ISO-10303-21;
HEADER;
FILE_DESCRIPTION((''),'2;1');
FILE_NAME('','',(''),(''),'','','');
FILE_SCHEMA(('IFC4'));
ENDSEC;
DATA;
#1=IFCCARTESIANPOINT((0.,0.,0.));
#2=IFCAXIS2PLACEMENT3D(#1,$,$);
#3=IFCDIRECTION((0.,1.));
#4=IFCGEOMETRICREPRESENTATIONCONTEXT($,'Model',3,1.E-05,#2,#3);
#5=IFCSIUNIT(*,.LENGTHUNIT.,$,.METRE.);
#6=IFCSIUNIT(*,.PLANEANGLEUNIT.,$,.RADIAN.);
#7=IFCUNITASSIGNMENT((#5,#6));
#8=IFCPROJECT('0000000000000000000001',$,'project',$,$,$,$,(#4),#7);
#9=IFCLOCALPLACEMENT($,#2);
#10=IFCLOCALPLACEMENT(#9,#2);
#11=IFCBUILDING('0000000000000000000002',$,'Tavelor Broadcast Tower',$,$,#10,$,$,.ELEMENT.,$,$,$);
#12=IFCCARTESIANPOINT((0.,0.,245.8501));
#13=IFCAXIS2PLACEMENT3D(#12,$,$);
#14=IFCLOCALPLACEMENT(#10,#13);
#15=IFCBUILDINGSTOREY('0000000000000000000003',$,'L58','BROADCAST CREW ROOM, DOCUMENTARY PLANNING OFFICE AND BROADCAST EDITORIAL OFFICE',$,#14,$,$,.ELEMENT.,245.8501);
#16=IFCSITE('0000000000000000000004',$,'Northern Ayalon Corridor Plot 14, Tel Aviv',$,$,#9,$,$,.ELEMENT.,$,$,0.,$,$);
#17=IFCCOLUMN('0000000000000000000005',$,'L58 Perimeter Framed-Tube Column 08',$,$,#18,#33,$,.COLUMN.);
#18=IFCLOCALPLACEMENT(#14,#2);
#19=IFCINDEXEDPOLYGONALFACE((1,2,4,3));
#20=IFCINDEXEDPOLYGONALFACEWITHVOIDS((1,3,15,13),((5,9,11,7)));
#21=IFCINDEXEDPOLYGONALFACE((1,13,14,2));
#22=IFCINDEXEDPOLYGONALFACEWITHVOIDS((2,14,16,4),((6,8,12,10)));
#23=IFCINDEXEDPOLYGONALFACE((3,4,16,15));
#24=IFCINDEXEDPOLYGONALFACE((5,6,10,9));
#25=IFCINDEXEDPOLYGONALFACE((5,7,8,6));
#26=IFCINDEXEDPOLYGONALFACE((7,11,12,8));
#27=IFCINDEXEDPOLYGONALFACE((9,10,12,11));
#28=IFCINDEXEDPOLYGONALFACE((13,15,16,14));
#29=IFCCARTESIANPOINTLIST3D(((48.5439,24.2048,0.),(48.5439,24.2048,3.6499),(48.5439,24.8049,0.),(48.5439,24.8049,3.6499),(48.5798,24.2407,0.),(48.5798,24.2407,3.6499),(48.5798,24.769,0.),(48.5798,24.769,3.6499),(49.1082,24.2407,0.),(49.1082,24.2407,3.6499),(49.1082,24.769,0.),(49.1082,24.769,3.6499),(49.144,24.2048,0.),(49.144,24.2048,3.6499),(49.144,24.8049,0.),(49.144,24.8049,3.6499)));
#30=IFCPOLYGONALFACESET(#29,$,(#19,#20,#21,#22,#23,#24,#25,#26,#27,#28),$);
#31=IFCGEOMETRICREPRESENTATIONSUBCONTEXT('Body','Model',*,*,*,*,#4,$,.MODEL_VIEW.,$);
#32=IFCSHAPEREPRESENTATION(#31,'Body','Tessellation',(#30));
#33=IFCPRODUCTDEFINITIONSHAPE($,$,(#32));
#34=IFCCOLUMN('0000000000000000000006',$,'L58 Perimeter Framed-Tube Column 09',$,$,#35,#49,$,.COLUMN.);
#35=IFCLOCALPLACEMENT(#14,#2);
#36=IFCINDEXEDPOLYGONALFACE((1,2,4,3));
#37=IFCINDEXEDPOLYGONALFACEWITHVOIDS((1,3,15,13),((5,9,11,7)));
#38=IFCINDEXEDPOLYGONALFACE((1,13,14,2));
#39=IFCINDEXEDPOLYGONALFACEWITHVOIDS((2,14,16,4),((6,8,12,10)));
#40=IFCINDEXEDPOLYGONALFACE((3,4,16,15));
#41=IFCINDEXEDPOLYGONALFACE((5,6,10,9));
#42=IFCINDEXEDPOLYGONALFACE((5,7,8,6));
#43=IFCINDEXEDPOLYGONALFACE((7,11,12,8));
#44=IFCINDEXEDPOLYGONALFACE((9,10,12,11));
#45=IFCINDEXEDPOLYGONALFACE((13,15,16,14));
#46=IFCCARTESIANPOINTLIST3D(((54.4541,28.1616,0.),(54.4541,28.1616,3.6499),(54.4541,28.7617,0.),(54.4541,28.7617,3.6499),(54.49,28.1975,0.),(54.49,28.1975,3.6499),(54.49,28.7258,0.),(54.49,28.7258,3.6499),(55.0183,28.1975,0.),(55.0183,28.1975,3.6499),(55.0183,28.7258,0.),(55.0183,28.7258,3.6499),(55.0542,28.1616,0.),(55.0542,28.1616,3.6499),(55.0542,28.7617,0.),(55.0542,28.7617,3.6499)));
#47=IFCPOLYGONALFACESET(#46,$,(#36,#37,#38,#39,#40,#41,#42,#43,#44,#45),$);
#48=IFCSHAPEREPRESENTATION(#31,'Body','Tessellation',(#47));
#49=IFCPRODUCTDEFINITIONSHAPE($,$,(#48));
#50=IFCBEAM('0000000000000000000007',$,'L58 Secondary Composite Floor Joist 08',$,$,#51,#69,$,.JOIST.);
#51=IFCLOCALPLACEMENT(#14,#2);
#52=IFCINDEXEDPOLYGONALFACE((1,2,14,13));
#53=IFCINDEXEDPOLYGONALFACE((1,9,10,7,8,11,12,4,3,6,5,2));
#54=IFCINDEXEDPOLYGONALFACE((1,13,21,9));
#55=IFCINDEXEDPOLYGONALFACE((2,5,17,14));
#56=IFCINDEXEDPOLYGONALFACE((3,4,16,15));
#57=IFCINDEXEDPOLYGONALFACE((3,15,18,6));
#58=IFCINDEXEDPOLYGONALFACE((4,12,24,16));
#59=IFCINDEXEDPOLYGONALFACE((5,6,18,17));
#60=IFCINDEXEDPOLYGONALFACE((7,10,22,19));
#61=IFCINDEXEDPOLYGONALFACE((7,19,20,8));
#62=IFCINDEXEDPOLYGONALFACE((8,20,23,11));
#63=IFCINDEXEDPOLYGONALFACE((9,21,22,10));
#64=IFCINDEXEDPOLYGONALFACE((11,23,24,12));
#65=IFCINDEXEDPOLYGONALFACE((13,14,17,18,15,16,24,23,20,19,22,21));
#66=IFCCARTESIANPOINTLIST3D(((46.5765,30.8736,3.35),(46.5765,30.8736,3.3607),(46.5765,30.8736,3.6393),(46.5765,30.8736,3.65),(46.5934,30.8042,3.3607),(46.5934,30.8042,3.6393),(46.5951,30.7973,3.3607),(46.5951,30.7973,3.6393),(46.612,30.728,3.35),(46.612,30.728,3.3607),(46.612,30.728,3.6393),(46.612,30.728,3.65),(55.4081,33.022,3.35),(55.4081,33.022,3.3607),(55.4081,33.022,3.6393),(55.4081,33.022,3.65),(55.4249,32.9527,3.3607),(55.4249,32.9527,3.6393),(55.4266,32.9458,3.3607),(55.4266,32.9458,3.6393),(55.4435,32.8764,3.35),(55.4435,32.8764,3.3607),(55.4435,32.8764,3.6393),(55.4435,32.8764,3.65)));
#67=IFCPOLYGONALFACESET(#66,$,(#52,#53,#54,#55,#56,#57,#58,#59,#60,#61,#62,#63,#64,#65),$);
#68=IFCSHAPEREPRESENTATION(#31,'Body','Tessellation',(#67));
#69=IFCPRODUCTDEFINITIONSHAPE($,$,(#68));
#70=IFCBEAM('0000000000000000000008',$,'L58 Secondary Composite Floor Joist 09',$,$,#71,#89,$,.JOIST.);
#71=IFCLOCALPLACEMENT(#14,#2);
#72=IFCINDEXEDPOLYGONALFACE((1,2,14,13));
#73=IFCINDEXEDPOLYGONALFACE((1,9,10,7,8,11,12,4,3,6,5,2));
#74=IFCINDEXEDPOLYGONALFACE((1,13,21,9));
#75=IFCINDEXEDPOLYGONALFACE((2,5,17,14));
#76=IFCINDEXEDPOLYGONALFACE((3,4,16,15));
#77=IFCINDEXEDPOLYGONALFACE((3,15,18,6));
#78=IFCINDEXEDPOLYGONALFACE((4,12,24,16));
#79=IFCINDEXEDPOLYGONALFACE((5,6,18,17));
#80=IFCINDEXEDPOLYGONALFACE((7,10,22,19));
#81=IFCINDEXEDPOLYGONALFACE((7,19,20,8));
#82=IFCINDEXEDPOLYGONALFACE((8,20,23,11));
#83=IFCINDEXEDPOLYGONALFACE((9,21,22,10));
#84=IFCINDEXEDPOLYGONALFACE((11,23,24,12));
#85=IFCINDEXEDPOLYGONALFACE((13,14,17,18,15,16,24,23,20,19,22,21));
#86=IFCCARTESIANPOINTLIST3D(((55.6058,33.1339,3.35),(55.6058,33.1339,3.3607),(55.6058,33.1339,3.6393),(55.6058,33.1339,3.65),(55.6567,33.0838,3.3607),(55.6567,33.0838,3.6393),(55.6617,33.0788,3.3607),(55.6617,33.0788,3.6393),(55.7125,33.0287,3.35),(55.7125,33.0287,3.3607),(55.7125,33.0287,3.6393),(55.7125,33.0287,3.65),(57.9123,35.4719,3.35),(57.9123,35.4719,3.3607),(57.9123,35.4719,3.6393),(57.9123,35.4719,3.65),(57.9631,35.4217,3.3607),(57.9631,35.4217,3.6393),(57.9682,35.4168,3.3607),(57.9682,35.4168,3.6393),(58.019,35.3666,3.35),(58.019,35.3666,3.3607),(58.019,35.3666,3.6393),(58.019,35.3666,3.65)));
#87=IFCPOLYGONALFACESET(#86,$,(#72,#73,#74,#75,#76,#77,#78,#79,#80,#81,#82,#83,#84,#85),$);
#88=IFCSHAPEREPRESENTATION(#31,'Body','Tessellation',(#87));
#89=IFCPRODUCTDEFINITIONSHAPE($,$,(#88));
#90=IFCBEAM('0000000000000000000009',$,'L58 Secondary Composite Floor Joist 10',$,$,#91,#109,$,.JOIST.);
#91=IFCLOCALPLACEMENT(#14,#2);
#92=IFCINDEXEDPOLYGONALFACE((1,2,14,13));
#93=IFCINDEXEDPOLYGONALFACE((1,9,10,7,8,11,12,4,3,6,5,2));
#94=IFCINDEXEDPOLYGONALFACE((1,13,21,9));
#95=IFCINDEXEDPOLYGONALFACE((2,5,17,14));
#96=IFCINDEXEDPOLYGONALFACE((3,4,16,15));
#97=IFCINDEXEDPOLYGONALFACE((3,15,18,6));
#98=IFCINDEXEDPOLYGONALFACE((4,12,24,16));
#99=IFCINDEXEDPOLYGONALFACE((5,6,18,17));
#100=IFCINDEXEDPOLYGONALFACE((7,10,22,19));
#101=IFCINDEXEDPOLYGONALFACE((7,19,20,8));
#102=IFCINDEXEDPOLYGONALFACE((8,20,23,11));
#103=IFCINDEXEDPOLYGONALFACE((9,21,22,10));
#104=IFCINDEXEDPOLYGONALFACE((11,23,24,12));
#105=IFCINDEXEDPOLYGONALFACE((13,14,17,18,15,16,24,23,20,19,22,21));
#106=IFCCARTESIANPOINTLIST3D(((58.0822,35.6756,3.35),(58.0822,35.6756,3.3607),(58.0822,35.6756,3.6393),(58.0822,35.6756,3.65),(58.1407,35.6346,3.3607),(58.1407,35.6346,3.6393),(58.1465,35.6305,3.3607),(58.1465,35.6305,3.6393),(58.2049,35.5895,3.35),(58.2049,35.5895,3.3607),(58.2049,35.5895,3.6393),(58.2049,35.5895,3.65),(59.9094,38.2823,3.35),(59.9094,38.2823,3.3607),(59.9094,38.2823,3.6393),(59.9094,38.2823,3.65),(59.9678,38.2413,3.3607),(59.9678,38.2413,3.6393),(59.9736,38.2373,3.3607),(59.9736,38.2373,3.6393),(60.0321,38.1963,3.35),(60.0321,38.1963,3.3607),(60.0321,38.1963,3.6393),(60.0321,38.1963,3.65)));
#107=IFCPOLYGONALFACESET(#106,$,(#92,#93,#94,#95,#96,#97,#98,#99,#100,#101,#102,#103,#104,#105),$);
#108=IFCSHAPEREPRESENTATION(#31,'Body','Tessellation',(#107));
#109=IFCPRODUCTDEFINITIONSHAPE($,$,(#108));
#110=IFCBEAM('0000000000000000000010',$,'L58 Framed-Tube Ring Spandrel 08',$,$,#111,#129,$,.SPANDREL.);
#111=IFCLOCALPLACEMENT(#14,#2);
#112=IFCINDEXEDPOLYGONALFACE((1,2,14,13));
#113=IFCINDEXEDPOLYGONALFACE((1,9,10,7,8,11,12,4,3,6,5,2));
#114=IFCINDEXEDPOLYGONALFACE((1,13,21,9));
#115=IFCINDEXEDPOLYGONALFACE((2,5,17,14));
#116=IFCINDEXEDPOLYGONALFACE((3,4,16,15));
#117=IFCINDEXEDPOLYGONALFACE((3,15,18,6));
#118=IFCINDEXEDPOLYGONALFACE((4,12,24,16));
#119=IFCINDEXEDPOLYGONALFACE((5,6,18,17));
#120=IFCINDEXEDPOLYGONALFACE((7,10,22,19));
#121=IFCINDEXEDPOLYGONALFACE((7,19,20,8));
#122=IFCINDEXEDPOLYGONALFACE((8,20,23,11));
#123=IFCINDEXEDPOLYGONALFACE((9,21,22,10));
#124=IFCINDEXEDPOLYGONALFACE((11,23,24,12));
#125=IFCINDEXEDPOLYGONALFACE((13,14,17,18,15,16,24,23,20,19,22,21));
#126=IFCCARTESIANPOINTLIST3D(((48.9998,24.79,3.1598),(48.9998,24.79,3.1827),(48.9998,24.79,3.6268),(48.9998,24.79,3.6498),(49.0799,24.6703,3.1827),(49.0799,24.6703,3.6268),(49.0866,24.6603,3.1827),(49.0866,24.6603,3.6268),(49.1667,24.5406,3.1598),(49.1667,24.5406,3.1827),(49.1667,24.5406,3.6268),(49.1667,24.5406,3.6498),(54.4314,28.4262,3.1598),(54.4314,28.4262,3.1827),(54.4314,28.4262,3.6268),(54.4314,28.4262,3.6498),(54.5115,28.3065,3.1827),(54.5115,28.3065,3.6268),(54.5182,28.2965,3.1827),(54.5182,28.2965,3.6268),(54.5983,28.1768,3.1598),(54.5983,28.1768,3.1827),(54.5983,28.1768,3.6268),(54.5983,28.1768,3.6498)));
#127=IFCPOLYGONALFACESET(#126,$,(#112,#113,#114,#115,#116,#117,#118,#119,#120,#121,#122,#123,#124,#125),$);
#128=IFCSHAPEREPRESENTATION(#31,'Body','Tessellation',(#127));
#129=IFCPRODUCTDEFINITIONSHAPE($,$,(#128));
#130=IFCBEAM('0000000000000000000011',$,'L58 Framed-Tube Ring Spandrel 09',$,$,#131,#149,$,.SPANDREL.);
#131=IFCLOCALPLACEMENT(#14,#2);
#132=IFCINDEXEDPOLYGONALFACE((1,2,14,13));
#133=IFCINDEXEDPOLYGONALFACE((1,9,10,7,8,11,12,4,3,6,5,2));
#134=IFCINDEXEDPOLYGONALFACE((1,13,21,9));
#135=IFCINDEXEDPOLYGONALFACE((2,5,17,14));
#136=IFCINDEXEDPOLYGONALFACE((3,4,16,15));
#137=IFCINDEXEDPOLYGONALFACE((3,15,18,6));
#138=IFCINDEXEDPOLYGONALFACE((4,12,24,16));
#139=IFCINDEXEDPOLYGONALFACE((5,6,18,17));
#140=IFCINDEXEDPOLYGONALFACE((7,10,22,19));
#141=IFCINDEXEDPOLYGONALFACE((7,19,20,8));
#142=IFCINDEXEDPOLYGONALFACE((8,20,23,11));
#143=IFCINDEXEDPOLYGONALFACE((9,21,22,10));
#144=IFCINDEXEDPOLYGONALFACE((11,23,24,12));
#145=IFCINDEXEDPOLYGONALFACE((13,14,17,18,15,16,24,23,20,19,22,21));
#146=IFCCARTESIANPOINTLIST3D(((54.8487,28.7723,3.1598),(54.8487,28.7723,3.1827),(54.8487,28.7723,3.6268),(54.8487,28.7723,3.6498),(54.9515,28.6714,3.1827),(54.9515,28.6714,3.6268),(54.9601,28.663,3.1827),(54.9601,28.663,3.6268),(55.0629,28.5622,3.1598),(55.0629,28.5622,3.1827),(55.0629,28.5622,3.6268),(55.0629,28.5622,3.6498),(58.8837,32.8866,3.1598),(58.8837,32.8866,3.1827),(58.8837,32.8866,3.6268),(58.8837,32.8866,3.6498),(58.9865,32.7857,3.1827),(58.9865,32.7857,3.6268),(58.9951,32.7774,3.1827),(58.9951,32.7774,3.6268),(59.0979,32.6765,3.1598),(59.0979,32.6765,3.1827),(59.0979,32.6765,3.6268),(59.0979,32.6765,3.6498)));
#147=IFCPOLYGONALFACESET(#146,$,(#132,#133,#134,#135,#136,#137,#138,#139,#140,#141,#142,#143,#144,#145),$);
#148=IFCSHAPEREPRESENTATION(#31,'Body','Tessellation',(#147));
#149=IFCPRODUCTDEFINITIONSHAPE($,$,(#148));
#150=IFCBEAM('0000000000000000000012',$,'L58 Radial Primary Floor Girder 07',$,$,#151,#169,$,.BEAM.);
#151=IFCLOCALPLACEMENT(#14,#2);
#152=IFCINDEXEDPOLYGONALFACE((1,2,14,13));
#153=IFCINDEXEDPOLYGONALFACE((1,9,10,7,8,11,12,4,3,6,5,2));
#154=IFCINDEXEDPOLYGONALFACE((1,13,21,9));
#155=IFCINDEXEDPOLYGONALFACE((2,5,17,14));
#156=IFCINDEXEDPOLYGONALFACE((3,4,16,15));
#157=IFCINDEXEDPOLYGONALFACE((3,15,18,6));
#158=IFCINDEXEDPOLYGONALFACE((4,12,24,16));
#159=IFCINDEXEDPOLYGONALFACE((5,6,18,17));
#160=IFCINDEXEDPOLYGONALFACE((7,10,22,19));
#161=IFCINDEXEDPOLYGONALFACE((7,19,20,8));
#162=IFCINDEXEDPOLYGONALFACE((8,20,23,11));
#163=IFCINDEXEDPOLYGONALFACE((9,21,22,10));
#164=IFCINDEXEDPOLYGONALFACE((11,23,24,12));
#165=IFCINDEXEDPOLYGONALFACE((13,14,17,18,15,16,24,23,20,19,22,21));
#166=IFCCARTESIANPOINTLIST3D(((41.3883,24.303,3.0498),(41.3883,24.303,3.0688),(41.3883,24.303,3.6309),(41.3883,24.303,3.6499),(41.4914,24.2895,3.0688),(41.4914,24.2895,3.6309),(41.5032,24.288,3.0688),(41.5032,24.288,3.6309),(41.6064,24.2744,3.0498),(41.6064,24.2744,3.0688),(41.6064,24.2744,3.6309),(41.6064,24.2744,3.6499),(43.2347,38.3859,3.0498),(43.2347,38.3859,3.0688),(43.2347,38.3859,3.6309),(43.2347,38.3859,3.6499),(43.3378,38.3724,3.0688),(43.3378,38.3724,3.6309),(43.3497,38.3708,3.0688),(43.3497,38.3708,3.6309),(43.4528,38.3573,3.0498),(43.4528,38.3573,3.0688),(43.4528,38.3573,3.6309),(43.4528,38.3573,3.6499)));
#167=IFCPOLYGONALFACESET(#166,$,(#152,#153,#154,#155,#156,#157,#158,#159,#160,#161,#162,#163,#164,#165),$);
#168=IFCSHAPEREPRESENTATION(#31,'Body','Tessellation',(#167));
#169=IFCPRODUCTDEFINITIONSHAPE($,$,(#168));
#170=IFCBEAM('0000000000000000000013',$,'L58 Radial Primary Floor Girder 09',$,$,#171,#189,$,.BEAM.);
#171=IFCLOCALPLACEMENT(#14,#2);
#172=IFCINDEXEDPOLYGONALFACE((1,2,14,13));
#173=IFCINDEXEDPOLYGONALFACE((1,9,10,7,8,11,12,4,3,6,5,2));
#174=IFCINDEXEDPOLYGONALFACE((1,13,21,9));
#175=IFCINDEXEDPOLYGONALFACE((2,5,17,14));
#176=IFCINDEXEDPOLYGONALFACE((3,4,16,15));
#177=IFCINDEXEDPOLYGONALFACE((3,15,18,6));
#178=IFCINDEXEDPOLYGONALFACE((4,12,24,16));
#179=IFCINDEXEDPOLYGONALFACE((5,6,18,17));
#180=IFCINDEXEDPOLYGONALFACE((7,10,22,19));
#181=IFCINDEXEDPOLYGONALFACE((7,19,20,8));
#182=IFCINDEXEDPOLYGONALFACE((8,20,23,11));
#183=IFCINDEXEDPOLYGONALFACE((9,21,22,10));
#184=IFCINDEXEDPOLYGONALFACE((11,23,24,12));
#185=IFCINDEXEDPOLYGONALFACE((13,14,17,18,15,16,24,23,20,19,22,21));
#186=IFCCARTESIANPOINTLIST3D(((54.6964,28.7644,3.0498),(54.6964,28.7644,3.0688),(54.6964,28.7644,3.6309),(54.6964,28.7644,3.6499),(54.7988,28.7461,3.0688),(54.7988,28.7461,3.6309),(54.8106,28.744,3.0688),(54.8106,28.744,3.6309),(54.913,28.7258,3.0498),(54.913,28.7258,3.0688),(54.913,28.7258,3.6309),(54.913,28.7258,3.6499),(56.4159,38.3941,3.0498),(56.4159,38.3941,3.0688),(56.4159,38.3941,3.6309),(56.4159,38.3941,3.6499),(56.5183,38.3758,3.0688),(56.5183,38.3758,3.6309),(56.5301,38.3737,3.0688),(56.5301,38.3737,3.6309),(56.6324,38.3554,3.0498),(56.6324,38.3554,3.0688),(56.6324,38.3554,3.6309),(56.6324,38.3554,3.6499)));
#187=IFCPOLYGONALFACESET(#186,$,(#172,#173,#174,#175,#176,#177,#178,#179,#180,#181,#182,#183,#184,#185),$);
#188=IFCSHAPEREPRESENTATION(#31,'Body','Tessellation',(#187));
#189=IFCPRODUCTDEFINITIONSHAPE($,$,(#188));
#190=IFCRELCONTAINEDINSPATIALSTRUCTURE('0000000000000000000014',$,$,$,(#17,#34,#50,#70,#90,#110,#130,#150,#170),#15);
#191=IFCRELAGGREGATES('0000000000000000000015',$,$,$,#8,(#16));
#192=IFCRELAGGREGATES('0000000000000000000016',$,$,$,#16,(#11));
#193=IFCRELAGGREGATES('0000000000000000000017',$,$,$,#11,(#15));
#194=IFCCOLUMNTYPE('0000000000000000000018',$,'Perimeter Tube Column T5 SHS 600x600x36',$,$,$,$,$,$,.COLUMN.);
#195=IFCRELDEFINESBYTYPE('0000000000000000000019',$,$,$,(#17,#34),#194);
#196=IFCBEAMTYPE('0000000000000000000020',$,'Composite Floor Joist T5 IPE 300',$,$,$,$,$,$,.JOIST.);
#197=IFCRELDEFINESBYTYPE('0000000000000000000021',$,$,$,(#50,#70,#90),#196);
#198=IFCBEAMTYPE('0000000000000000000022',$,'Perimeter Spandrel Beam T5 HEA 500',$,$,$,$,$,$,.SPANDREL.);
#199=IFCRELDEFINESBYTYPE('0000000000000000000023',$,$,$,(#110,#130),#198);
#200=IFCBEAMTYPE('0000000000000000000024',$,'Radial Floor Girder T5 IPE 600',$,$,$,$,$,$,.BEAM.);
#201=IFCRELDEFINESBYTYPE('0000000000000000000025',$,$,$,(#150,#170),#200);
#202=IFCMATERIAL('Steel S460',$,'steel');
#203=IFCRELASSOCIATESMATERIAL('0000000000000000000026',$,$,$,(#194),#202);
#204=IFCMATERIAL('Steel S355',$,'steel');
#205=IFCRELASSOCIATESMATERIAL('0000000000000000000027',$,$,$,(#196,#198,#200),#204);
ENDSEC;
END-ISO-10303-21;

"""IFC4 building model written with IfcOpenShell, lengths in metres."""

from ifc_helpers import new_model, si_unit, direction, frame, origin, origin_2d, place, context, subcontext, project, spatial, hollow_rectangle, i_section, extrude, material, material_profile, profile_set, type_object, element, save


model = new_model("IFC4")

# Units and contexts
model_context = context("Model", 3, precision=1e-05, world=origin(), true_north=direction((0.0, 1.0)))
body_context = subcontext(model_context, "Body", "Model", "MODEL_VIEW")
ifc_project = project(units=[si_unit("LENGTHUNIT", "METRE"), si_unit("PLANEANGLEUNIT", "RADIAN")], contexts=[model_context])

# Site, building, storey
site_placement = place(None, origin())
site = spatial("IfcSite", under=ifc_project, at=site_placement, Name="Northern Ayalon Corridor Plot 14, Tel Aviv", CompositionType="ELEMENT", RefElevation=0.0)
building_placement = place(site_placement, origin())
building = spatial("IfcBuilding", under=site, at=building_placement, Name="Tavelor Broadcast Tower", CompositionType="ELEMENT")
storey_placement = place(building_placement, frame((0.0, 0.0, 245.8501)))
storey = spatial("IfcBuildingStorey", under=building, at=storey_placement, Name="L58", Description="BROADCAST CREW ROOM, DOCUMENTARY PLANNING OFFICE AND BROADCAST EDITORIAL OFFICE", CompositionType="ELEMENT", Elevation=245.8501)

# Columns
ifc_material_1 = material(Name="Steel S460", Category="steel")
ifc_material_profile_1 = material_profile(ifc_material_1, hollow_rectangle(XDim=0.6001, YDim=0.6001, WallThickness=0.0359, at=origin_2d()), Name="SHS 600x600x36")
ifc_profile_set_1 = profile_set([ifc_material_profile_1], Name="Steel S460")
column_type = type_object("IfcColumnType", Name="Perimeter Tube Column T5 SHS 600x600x36", PredefinedType="COLUMN", material=ifc_profile_set_1)
for number, where, z_axis, x_axis, name in (
    (1, (48.844, 24.5049, 0.0), (0.0, 0.0, 1.0), (1.0, 0.0, 0.0), "L58 Perimeter Framed-Tube Column 08"),
    (2, (54.7542, 28.4617, 0.0), (0.0, 0.0, 1.0), (1.0, 0.0, 0.0), "L58 Perimeter Framed-Tube Column 09"),
):
    element("IfcColumn", number, at=place(storey_placement, frame(where, z_axis=z_axis, x_axis=x_axis)), inside=storey, type_object=column_type, Name=name, PredefinedType="COLUMN", context=body_context, shape_type="SweptSolid", body=[
        extrude(hollow_rectangle(XDim=0.6001, YDim=0.6001, WallThickness=0.0359, at=origin_2d()), origin(), (0.0, 0.0, 1.0), 3.6499),
    ])

# Beams
ifc_material_2 = material(Name="Steel S355", Category="steel")
ifc_material_profile_2 = material_profile(ifc_material_2, i_section(OverallWidth=0.1499, OverallDepth=0.3, WebThickness=0.0071, FlangeThickness=0.0107, at=origin_2d()), Name="IPE 300")
ifc_profile_set_2 = profile_set([ifc_material_profile_2], Name="Steel S355")
beam_type_1 = type_object("IfcBeamType", Name="Composite Floor Joist T5 IPE 300", PredefinedType="JOIST", material=ifc_profile_set_2)
beam_1_placement = place(storey_placement, frame((46.5942, 30.8008, 3.5), z_axis=(0.971662, 0.236375, 0.0), x_axis=(-0.236375, 0.971662, 0.0)))
element("IfcBeam", 3, at=beam_1_placement, inside=storey, type_object=beam_type_1, Name="L58 Secondary Composite Floor Joist 08", PredefinedType="JOIST", context=body_context, shape_type="SweptSolid", body=[
    extrude(i_section(OverallWidth=0.1499, OverallDepth=0.3, WebThickness=0.0071, FlangeThickness=0.0107, at=origin_2d()), origin(), (0.0, 0.0, 1.0), 9.0891),
])
beam_2_placement = place(storey_placement, frame((55.6592, 33.0813, 3.5), z_axis=(0.702296, 0.711885, 0.0), x_axis=(-0.711885, 0.702296, 0.0)))
element("IfcBeam", 4, at=beam_2_placement, inside=storey, type_object=beam_type_1, Name="L58 Secondary Composite Floor Joist 09", PredefinedType="JOIST", context=body_context, shape_type="SweptSolid", body=[
    extrude(i_section(OverallWidth=0.1499, OverallDepth=0.3, WebThickness=0.0071, FlangeThickness=0.0107, at=origin_2d()), origin(), (0.0, 0.0, 1.0), 3.2842),
])
beam_3_placement = place(storey_placement, frame((58.1436, 35.6326, 3.5), z_axis=(0.573982, 0.818868, 0.0), x_axis=(-0.818868, 0.573982, 0.0)))
element("IfcBeam", 5, at=beam_3_placement, inside=storey, type_object=beam_type_1, Name="L58 Secondary Composite Floor Joist 10", PredefinedType="JOIST", context=body_context, shape_type="SweptSolid", body=[
    extrude(i_section(OverallWidth=0.1499, OverallDepth=0.3, WebThickness=0.0071, FlangeThickness=0.0107, at=origin_2d()), origin(), (0.0, 0.0, 1.0), 3.1833),
])
ifc_material_profile_3 = material_profile(ifc_material_2, i_section(OverallWidth=0.3, OverallDepth=0.49, WebThickness=0.012, FlangeThickness=0.0229, at=origin_2d()), Name="HEA 500")
ifc_profile_set_3 = profile_set([ifc_material_profile_3], Name="Steel S355")
beam_type_2 = type_object("IfcBeamType", Name="Perimeter Spandrel Beam T5 HEA 500", PredefinedType="SPANDREL", material=ifc_profile_set_3)
beam_4_placement = place(storey_placement, frame((49.0833, 24.6653, 3.4048), z_axis=(0.83098, 0.556302, 0.0), x_axis=(-0.556302, 0.83098, 0.0)))
element("IfcBeam", 6, at=beam_4_placement, inside=storey, type_object=beam_type_2, Name="L58 Framed-Tube Ring Spandrel 08", PredefinedType="SPANDREL", context=body_context, shape_type="SweptSolid", body=[
    extrude(i_section(OverallWidth=0.3, OverallDepth=0.49, WebThickness=0.012, FlangeThickness=0.0229, at=origin_2d()), origin(), (0.0, 0.0, 1.0), 6.5364),
])
beam_5_placement = place(storey_placement, frame((54.9558, 28.6672, 3.4048), z_axis=(0.700189, 0.713958, 0.0), x_axis=(-0.713958, 0.700189, 0.0)))
element("IfcBeam", 7, at=beam_5_placement, inside=storey, type_object=beam_type_2, Name="L58 Framed-Tube Ring Spandrel 09", PredefinedType="SPANDREL", context=body_context, shape_type="SweptSolid", body=[
    extrude(i_section(OverallWidth=0.3, OverallDepth=0.49, WebThickness=0.012, FlangeThickness=0.0229, at=origin_2d()), origin(), (0.0, 0.0, 1.0), 5.7627),
])
ifc_material_profile_4 = material_profile(ifc_material_2, i_section(OverallWidth=0.22, OverallDepth=0.6001, WebThickness=0.012, FlangeThickness=0.019, at=origin_2d()), Name="IPE 600")
ifc_profile_set_4 = profile_set([ifc_material_profile_4], Name="Steel S355")
beam_type_3 = type_object("IfcBeamType", Name="Radial Floor Girder T5 IPE 600", PredefinedType="BEAM", material=ifc_profile_set_4)
beam_6_placement = place(storey_placement, frame((43.3438, 38.3716, 3.3499), z_axis=(-0.130001, -0.991514, 0.0), x_axis=(0.991514, -0.130001, 0.0)))
element("IfcBeam", 8, at=beam_6_placement, inside=storey, type_object=beam_type_3, Name="L58 Radial Primary Floor Girder 07", PredefinedType="BEAM", context=body_context, shape_type="SweptSolid", body=[
    extrude(i_section(OverallWidth=0.22, OverallDepth=0.6001, WebThickness=0.012, FlangeThickness=0.019, at=origin_2d()), origin(), (0.0, 0.0, 1.0), 14.2034),
])
beam_7_placement = place(storey_placement, frame((56.5242, 38.3748, 3.3499), z_axis=(-0.175781, -0.984429, 0.0), x_axis=(0.984429, -0.175781, 0.0)))
element("IfcBeam", 9, at=beam_7_placement, inside=storey, type_object=beam_type_3, Name="L58 Radial Primary Floor Girder 09", PredefinedType="BEAM", context=body_context, shape_type="SweptSolid", body=[
    extrude(i_section(OverallWidth=0.22, OverallDepth=0.6001, WebThickness=0.012, FlangeThickness=0.019, at=origin_2d()), origin(), (0.0, 0.0, 1.0), 9.782),
])

save(model, "model.ifc")
